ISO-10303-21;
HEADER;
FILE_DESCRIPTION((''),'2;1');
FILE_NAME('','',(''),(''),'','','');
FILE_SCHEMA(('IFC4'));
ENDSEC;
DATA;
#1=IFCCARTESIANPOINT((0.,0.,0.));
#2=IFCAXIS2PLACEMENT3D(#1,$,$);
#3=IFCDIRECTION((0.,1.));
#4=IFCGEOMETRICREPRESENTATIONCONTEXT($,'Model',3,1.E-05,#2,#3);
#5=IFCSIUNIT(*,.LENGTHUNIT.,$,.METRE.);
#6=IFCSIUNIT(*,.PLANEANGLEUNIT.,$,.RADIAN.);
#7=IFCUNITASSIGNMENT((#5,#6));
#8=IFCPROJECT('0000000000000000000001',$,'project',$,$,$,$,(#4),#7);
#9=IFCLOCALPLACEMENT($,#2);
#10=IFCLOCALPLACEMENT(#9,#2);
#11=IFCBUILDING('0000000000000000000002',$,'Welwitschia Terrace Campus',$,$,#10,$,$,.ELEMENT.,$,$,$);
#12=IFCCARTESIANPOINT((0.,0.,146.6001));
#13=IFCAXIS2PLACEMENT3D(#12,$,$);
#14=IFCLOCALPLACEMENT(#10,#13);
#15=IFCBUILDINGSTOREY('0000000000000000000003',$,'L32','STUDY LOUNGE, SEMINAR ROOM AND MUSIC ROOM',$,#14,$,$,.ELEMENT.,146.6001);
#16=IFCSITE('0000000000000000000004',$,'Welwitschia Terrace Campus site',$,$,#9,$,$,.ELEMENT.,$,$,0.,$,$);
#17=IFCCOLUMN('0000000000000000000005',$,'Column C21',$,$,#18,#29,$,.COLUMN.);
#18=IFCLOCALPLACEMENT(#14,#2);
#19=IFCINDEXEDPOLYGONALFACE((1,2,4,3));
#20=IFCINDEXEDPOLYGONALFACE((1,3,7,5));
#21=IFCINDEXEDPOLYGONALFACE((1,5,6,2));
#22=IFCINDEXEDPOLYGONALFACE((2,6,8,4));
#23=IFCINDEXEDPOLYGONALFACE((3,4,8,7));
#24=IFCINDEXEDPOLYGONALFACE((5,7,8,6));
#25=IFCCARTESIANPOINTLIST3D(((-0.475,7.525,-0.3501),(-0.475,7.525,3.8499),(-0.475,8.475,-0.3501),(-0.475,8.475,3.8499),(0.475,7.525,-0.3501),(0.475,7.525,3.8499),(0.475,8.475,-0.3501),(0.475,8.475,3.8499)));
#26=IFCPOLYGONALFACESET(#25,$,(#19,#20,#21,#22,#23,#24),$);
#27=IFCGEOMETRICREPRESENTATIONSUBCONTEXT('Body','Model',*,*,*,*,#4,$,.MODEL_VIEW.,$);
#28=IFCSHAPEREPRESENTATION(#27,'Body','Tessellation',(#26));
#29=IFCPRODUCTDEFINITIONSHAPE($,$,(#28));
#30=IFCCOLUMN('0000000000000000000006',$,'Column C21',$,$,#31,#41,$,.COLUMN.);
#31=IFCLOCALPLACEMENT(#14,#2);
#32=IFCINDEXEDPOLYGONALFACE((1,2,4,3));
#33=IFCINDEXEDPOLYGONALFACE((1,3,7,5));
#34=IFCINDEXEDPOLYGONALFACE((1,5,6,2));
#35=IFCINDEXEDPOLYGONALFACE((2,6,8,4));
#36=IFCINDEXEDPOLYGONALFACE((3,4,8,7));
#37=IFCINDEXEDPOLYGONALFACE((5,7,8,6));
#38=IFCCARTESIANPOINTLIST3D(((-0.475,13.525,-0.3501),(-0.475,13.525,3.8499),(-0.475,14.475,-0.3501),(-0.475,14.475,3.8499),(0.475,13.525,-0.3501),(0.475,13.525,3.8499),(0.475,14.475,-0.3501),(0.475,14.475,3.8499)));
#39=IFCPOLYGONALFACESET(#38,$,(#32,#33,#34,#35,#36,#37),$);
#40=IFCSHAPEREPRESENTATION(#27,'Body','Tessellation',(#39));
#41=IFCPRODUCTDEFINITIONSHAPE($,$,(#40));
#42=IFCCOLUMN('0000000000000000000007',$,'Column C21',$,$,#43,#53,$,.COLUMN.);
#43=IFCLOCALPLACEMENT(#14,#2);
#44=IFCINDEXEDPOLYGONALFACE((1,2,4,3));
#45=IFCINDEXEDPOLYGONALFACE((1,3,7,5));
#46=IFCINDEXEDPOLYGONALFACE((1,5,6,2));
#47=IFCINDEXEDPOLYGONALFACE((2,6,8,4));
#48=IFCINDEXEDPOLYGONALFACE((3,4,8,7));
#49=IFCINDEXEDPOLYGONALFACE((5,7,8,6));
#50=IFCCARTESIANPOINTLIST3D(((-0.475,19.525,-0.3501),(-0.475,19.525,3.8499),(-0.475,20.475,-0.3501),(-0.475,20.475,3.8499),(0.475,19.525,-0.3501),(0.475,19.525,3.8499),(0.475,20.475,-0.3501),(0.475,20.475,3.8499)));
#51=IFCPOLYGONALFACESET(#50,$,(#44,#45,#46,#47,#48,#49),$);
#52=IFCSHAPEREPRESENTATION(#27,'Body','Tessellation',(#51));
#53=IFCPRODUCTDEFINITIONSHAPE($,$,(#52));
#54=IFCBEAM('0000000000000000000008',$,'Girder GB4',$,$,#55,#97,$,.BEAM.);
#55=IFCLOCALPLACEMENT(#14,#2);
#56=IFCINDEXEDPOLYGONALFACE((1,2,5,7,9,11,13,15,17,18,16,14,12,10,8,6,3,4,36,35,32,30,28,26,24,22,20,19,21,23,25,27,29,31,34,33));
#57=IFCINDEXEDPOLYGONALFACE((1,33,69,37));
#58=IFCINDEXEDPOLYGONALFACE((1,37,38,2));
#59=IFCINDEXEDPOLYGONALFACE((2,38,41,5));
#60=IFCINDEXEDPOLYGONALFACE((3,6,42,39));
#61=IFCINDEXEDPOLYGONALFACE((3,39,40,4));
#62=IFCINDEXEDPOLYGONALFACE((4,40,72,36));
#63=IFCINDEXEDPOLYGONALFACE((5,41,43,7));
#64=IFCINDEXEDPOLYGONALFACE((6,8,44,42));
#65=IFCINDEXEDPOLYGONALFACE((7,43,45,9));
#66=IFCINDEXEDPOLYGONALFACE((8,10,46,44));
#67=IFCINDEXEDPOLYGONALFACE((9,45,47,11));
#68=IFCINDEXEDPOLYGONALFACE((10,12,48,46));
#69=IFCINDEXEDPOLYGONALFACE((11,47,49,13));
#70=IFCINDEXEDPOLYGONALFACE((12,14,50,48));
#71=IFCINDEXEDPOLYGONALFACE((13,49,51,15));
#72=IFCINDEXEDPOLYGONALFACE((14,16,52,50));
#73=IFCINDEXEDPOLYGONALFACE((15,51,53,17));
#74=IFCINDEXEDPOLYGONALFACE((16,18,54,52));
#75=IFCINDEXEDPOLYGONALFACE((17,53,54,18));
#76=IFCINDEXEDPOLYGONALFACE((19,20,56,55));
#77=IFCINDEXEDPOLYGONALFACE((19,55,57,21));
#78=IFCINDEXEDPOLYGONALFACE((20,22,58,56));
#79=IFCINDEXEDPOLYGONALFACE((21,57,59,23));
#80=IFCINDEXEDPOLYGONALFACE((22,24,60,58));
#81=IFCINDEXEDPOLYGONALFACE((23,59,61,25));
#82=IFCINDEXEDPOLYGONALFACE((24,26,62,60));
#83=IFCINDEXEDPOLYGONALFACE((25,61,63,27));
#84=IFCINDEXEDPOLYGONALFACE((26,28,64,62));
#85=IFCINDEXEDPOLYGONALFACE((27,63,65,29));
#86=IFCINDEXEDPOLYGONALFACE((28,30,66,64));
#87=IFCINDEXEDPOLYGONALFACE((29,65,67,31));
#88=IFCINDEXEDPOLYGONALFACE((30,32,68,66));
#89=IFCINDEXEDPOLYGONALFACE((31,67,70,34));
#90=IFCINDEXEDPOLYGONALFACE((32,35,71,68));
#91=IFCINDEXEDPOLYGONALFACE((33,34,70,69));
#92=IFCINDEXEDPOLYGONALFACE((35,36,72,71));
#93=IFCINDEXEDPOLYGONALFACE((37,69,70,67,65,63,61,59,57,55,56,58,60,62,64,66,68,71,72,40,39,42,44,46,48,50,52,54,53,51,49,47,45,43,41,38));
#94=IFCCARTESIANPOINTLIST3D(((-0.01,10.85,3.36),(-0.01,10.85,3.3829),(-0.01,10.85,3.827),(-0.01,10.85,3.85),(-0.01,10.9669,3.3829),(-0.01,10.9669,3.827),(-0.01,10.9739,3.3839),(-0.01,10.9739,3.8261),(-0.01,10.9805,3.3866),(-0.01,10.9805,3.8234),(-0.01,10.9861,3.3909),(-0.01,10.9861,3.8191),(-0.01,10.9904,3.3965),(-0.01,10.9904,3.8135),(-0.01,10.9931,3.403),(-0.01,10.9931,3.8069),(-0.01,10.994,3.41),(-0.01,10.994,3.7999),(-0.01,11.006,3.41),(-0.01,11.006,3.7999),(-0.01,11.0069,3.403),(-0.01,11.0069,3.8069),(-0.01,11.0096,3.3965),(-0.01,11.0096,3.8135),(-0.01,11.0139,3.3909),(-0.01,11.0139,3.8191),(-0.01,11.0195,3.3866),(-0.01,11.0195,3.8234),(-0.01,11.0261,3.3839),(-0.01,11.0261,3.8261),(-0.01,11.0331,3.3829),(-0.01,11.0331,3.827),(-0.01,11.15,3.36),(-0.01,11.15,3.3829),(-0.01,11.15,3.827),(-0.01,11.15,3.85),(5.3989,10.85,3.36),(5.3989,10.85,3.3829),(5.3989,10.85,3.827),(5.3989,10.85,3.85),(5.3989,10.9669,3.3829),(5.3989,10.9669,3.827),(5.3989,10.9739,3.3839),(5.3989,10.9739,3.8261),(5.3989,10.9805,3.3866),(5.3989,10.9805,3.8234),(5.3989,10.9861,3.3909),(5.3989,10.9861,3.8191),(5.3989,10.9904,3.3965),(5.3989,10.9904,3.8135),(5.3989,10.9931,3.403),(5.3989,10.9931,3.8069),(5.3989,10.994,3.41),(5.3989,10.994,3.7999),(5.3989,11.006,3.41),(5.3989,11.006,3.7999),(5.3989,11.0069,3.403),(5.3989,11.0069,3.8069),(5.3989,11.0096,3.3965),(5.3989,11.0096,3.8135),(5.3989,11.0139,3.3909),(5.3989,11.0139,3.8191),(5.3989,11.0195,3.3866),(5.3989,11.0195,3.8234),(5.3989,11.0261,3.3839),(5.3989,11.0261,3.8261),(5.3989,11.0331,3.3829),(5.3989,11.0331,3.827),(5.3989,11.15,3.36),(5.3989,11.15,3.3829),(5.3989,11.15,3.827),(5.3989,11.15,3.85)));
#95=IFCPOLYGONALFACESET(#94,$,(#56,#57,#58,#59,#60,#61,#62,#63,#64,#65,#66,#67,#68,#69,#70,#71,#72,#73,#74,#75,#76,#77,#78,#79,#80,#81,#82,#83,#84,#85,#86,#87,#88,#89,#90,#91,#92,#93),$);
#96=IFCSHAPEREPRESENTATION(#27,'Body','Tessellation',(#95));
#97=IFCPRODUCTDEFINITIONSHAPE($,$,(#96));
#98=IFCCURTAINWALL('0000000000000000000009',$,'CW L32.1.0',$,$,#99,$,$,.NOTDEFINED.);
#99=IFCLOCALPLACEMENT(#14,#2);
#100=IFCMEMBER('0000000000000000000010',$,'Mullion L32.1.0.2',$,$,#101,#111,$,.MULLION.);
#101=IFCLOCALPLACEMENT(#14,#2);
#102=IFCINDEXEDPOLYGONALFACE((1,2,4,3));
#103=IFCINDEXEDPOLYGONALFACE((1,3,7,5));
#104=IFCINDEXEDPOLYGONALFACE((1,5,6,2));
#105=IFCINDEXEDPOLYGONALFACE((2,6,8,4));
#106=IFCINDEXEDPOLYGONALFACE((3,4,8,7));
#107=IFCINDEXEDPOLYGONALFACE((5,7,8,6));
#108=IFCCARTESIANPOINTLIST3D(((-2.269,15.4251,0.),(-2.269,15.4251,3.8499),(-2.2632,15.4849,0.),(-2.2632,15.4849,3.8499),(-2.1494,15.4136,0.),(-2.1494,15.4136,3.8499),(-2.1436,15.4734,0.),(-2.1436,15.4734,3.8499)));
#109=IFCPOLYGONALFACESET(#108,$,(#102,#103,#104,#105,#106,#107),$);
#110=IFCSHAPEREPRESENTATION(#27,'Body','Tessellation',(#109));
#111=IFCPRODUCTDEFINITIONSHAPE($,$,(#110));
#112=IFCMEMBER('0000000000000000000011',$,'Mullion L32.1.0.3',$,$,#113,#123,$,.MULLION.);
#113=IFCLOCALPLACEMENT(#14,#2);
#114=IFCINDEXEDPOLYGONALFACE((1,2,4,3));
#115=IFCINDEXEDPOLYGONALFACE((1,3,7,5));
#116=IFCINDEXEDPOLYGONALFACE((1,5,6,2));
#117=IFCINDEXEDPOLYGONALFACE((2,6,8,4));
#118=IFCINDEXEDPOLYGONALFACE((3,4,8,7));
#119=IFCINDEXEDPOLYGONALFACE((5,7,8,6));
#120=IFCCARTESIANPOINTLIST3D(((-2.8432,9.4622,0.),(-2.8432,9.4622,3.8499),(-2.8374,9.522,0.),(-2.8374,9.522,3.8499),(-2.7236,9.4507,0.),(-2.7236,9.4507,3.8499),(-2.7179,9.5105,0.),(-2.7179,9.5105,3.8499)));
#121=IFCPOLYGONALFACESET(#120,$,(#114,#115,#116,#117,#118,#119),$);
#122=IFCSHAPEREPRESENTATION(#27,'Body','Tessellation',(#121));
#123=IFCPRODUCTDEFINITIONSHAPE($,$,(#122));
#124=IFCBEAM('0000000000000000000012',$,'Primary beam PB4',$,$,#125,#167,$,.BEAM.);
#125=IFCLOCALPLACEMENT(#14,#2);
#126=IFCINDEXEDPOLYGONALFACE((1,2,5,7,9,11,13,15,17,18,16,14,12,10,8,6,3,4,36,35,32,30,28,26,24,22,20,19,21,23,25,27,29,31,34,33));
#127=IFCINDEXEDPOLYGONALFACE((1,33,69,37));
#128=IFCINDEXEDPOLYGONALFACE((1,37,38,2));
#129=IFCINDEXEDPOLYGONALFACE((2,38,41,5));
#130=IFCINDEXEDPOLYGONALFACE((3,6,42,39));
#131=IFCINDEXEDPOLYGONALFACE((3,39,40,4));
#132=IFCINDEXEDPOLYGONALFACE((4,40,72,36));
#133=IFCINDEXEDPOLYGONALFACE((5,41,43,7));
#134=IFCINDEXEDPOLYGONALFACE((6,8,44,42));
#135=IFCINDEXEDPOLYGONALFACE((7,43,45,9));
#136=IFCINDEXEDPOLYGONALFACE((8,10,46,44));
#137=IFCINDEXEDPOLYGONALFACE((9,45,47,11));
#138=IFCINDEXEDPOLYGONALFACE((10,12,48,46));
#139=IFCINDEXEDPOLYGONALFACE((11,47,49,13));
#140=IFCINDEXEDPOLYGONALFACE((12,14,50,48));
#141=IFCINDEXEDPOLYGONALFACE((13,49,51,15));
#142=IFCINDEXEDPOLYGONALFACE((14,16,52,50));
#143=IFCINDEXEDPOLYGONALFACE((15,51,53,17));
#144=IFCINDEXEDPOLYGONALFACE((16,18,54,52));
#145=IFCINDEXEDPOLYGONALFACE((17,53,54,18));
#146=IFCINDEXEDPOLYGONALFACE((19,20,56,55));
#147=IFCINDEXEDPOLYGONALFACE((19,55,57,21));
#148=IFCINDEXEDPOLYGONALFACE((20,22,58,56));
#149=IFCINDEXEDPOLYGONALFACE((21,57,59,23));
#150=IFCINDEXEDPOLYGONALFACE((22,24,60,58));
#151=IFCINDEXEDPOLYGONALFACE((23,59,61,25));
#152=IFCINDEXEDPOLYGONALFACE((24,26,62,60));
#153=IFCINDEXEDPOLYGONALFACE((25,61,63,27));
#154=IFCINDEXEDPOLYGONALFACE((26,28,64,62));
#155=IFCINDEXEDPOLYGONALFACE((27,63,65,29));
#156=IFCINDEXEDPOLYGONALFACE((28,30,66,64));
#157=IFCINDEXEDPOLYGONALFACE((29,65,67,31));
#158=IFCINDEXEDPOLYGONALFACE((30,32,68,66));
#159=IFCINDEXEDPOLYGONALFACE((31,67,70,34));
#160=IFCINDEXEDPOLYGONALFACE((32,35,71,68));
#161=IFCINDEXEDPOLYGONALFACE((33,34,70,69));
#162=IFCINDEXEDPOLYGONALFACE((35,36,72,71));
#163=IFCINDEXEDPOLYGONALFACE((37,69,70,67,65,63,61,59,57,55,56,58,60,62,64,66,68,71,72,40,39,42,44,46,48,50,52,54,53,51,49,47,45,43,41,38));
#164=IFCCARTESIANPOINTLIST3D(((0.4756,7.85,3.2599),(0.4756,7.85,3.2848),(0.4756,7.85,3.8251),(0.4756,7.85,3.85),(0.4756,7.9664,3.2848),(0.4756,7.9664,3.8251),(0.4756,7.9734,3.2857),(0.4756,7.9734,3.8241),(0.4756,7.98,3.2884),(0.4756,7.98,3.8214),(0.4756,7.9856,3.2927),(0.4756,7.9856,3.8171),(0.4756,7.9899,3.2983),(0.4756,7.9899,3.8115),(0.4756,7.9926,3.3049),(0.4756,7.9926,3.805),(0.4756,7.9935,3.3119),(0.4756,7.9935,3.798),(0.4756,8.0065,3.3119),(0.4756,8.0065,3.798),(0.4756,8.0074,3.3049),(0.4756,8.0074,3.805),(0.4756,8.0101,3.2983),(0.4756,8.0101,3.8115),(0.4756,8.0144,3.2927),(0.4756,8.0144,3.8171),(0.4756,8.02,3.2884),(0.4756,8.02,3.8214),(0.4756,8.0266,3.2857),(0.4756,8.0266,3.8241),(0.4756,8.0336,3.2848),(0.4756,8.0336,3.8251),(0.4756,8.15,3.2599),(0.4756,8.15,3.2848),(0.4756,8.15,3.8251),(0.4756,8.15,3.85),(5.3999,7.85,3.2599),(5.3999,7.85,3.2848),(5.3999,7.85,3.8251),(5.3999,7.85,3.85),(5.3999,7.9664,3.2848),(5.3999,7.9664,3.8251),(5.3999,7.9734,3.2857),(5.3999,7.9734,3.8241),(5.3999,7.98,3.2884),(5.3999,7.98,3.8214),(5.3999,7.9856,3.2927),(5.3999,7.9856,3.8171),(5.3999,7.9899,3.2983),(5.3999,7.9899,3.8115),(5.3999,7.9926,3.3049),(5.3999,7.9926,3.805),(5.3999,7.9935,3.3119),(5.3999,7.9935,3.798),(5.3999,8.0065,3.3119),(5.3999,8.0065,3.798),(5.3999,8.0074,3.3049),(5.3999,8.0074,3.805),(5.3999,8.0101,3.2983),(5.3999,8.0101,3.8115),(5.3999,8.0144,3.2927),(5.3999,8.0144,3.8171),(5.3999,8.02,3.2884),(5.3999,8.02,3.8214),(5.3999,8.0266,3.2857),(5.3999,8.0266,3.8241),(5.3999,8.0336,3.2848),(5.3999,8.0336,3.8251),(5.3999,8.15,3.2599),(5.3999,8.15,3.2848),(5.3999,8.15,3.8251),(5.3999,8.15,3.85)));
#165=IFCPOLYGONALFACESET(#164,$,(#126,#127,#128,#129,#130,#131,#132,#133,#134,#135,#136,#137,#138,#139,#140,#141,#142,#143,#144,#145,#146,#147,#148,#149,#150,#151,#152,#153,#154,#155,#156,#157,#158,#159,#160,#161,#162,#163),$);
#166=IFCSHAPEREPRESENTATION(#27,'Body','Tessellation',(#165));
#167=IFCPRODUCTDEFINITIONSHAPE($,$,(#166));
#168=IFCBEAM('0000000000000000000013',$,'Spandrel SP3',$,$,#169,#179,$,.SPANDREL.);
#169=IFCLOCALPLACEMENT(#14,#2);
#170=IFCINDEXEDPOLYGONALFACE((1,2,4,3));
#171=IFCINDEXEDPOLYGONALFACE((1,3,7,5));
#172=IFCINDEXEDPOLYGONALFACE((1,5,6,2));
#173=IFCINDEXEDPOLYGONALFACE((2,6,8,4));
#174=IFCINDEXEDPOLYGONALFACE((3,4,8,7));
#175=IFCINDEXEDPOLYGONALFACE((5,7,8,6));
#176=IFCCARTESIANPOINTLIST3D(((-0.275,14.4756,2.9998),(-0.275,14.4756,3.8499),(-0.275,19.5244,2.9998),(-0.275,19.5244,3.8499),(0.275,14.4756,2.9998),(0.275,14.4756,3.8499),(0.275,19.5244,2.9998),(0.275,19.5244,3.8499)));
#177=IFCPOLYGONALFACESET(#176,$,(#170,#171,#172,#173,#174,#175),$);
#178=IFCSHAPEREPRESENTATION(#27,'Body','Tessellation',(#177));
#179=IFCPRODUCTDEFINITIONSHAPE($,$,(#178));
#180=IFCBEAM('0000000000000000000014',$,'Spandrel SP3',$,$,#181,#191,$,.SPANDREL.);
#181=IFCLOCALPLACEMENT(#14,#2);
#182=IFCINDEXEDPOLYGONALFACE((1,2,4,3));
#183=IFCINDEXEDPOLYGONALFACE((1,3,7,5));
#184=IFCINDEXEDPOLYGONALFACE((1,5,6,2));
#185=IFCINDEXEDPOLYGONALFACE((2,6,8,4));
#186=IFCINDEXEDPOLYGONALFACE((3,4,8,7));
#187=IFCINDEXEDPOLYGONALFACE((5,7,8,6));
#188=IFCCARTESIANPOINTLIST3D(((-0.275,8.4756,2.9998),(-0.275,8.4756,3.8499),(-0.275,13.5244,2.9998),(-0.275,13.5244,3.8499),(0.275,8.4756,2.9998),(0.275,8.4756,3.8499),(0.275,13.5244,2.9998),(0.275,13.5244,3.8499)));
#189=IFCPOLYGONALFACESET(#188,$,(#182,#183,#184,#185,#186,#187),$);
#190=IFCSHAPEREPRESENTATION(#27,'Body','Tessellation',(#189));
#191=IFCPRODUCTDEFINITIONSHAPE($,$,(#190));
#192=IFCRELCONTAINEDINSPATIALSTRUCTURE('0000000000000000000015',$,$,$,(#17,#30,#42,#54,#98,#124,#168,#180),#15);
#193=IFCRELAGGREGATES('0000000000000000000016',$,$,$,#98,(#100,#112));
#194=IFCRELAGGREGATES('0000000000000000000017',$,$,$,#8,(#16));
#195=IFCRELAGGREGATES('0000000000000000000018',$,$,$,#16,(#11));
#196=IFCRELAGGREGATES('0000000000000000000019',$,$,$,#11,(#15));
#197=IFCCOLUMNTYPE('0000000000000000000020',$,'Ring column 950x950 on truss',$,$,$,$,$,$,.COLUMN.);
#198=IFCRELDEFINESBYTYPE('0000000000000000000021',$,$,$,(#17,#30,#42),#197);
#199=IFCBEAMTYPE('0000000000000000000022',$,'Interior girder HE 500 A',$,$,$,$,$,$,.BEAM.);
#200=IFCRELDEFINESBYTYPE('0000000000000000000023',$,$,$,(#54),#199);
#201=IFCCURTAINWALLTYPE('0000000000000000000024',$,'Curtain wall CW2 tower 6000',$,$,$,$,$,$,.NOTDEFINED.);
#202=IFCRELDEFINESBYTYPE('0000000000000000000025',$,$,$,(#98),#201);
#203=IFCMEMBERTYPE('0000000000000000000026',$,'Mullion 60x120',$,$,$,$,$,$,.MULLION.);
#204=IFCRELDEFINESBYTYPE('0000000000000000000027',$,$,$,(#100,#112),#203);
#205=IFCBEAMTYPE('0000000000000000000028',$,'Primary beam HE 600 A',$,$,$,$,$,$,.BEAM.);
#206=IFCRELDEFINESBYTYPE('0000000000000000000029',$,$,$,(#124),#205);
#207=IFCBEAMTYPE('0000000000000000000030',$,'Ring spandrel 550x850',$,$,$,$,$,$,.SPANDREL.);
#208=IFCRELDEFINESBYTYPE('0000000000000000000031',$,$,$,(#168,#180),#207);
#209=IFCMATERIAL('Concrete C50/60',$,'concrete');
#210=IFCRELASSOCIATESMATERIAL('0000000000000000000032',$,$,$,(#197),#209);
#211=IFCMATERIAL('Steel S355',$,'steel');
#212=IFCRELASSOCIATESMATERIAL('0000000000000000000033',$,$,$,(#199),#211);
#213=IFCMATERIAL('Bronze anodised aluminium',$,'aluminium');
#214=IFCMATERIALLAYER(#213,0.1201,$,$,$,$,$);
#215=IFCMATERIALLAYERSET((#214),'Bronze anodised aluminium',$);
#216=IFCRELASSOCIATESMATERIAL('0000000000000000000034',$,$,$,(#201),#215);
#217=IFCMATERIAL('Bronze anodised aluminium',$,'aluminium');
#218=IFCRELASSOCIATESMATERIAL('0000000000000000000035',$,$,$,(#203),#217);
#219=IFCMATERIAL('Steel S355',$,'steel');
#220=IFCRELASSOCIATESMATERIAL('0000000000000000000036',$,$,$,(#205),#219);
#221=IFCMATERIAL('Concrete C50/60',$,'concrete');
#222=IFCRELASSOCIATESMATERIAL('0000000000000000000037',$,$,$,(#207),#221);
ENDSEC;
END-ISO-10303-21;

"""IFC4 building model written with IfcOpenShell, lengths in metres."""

from ifc_helpers import new_model, si_unit, direction, frame, origin, origin_2d, place, context, subcontext, project, spatial, rectangle, i_section, extrude, material, layer, layer_set, material_profile, profile_set, type_object, element, aggregate, save


model = new_model("IFC4")

# Units and contexts
model_context = context("Model", 3, precision=1e-05, world=origin(), true_north=direction((0.0, 1.0)))
body_context = subcontext(model_context, "Body", "Model", "MODEL_VIEW")
ifc_project = project(units=[si_unit("LENGTHUNIT", "METRE"), si_unit("PLANEANGLEUNIT", "RADIAN")], contexts=[model_context])

# Site, building, storey
site_placement = place(None, origin())
site = spatial("IfcSite", under=ifc_project, at=site_placement, Name="Welwitschia Terrace Campus site", CompositionType="ELEMENT", RefElevation=0.0)
building_placement = place(site_placement, origin())
building = spatial("IfcBuilding", under=site, at=building_placement, Name="Welwitschia Terrace Campus", CompositionType="ELEMENT")
storey_placement = place(building_placement, frame((0.0, 0.0, 146.6001)))
storey = spatial("IfcBuildingStorey", under=building, at=storey_placement, Name="L32", Description="STUDY LOUNGE, SEMINAR ROOM AND MUSIC ROOM", CompositionType="ELEMENT", Elevation=146.6001)

# Columns
ifc_material_1 = material(Name="Concrete C50/60", Category="concrete")
ifc_material_profile_1 = material_profile(ifc_material_1, rectangle(XDim=0.95, YDim=0.95, at=origin_2d()))
ifc_profile_set_1 = profile_set([ifc_material_profile_1], Name="Concrete C50/60")
column_type = type_object("IfcColumnType", Name="Ring column 950x950 on truss", PredefinedType="COLUMN", material=ifc_profile_set_1)
for number, where, z_axis, x_axis, name in (
    (1, (0.0, 8.0, -0.3501), (0.0, 0.0, 1.0), (1.0, 0.0, 0.0), "Column C21"),
    (2, (0.0, 14.0, -0.3501), (0.0, 0.0, 1.0), (1.0, 0.0, 0.0), "Column C21"),
    (3, (0.0, 20.0, -0.3501), (0.0, 0.0, 1.0), (1.0, 0.0, 0.0), "Column C21"),
):
    element("IfcColumn", number, at=place(storey_placement, frame(where, z_axis=z_axis, x_axis=x_axis)), inside=storey, type_object=column_type, Name=name, PredefinedType="COLUMN", context=body_context, shape_type="SweptSolid", body=[
        extrude(rectangle(XDim=0.95, YDim=0.95, at=origin_2d()), origin(), (0.0, 0.0, 1.0), 4.2),
    ])

# Beam
ifc_material_2 = material(Name="Steel S355", Category="steel")
ifc_material_profile_2 = material_profile(ifc_material_2, i_section(OverallWidth=0.3, OverallDepth=0.49, WebThickness=0.012, FlangeThickness=0.0229, FilletRadius=0.0271, at=origin_2d()))
ifc_profile_set_2 = profile_set([ifc_material_profile_2], Name="Steel S355")
beam_type_1 = type_object("IfcBeamType", Name="Interior girder HE 500 A", PredefinedType="BEAM", material=ifc_profile_set_2)
beam_1_placement = place(storey_placement, frame((-0.01, 11.0, 3.605), z_axis=(1.0, 0.0, 0.0), x_axis=(0.0, 1.0, 0.0)))
element("IfcBeam", 4, at=beam_1_placement, inside=storey, type_object=beam_type_1, Name="Girder GB4", PredefinedType="BEAM", context=body_context, shape_type="SweptSolid", body=[
    extrude(i_section(OverallWidth=0.3, OverallDepth=0.49, WebThickness=0.012, FlangeThickness=0.0229, FilletRadius=0.0271, at=origin_2d()), origin(), (0.0, 0.0, 1.0), 5.4089),
])

# Curtain wall, members
ifc_material_3 = material(Name="Bronze anodised aluminium", Category="aluminium")
ifc_layer_1 = layer(ifc_material_3, 0.1201)
ifc_layer_set_1 = layer_set([ifc_layer_1], Name="Bronze anodised aluminium")
curtain_wall_type = type_object("IfcCurtainWallType", Name="Curtain wall CW2 tower 6000", PredefinedType="NOTDEFINED", material=ifc_layer_set_1)
curtain_wall_placement = place(storey_placement, origin())
curtain_wall = element("IfcCurtainWall", 5, at=curtain_wall_placement, inside=storey, type_object=curtain_wall_type, Name="CW L32.1.0", PredefinedType="NOTDEFINED")
ifc_material_4 = material(Name="Bronze anodised aluminium", Category="aluminium")
ifc_material_profile_3 = material_profile(ifc_material_4, rectangle(XDim=0.1201, YDim=0.0601, at=origin_2d()))
ifc_profile_set_3 = profile_set([ifc_material_profile_3], Name="Bronze anodised aluminium")
member_type = type_object("IfcMemberType", Name="Mullion 60x120", PredefinedType="MULLION", material=ifc_profile_set_3)
member_1_placement = place(storey_placement, frame((-2.2063, 15.4492, 0.0), z_axis=(0.0, 0.0, 1.0), x_axis=(0.995396, -0.095846, 0.0)))
member_1 = element("IfcMember", 6, at=member_1_placement, type_object=member_type, Name="Mullion L32.1.0.2", PredefinedType="MULLION", context=body_context, shape_type="SweptSolid", body=[
    extrude(rectangle(XDim=0.1201, YDim=0.0601, at=origin_2d()), origin(), (0.0, 0.0, 1.0), 3.8499),
])
member_2_placement = place(storey_placement, frame((-2.7805, 9.4863, 0.0), z_axis=(0.0, 0.0, 1.0), x_axis=(0.995396, -0.095846, 0.0)))
member_2 = element("IfcMember", 7, at=member_2_placement, type_object=member_type, Name="Mullion L32.1.0.3", PredefinedType="MULLION", context=body_context, shape_type="SweptSolid", body=[
    extrude(rectangle(XDim=0.1201, YDim=0.0601, at=origin_2d()), origin(), (0.0, 0.0, 1.0), 3.8499),
])

# Beams
ifc_material_5 = material(Name="Steel S355", Category="steel")
ifc_material_profile_4 = material_profile(ifc_material_5, i_section(OverallWidth=0.3, OverallDepth=0.5901, WebThickness=0.0129, FlangeThickness=0.0249, FilletRadius=0.0271, at=origin_2d()))
ifc_profile_set_4 = profile_set([ifc_material_profile_4], Name="Steel S355")
beam_type_2 = type_object("IfcBeamType", Name="Primary beam HE 600 A", PredefinedType="BEAM", material=ifc_profile_set_4)
beam_2_placement = place(storey_placement, frame((0.4756, 8.0, 3.5549), z_axis=(1.0, 0.0, 0.0), x_axis=(0.0, 1.0, 0.0)))
element("IfcBeam", 8, at=beam_2_placement, inside=storey, type_object=beam_type_2, Name="Primary beam PB4", PredefinedType="BEAM", context=body_context, shape_type="SweptSolid", body=[
    extrude(i_section(OverallWidth=0.3, OverallDepth=0.5901, WebThickness=0.0129, FlangeThickness=0.0249, FilletRadius=0.0271, at=origin_2d()), origin(), (0.0, 0.0, 1.0), 4.9243),
])
ifc_material_6 = material(Name="Concrete C50/60", Category="concrete")
ifc_material_profile_5 = material_profile(ifc_material_6, rectangle(XDim=0.55, YDim=0.8501, at=origin_2d()))
ifc_profile_set_5 = profile_set([ifc_material_profile_5], Name="Concrete C50/60")
beam_type_3 = type_object("IfcBeamType", Name="Ring spandrel 550x850", PredefinedType="SPANDREL", material=ifc_profile_set_5)
for number, where, z_axis, x_axis, name in (
    (9, (0.0, 19.5244, 3.4248), (0.0, -1.0, 0.0), (1.0, 0.0, 0.0), "Spandrel SP3"),
    (10, (0.0, 13.5244, 3.4248), (0.0, -1.0, 0.0), (1.0, 0.0, 0.0), "Spandrel SP3"),
):
    element("IfcBeam", number, at=place(storey_placement, frame(where, z_axis=z_axis, x_axis=x_axis)), inside=storey, type_object=beam_type_3, Name=name, PredefinedType="SPANDREL", context=body_context, shape_type="SweptSolid", body=[
        extrude(rectangle(XDim=0.55, YDim=0.8501, at=origin_2d()), origin(), (0.0, 0.0, 1.0), 5.0488),
    ])

aggregate(curtain_wall, [member_1, member_2])

save(model, "model.ifc")
